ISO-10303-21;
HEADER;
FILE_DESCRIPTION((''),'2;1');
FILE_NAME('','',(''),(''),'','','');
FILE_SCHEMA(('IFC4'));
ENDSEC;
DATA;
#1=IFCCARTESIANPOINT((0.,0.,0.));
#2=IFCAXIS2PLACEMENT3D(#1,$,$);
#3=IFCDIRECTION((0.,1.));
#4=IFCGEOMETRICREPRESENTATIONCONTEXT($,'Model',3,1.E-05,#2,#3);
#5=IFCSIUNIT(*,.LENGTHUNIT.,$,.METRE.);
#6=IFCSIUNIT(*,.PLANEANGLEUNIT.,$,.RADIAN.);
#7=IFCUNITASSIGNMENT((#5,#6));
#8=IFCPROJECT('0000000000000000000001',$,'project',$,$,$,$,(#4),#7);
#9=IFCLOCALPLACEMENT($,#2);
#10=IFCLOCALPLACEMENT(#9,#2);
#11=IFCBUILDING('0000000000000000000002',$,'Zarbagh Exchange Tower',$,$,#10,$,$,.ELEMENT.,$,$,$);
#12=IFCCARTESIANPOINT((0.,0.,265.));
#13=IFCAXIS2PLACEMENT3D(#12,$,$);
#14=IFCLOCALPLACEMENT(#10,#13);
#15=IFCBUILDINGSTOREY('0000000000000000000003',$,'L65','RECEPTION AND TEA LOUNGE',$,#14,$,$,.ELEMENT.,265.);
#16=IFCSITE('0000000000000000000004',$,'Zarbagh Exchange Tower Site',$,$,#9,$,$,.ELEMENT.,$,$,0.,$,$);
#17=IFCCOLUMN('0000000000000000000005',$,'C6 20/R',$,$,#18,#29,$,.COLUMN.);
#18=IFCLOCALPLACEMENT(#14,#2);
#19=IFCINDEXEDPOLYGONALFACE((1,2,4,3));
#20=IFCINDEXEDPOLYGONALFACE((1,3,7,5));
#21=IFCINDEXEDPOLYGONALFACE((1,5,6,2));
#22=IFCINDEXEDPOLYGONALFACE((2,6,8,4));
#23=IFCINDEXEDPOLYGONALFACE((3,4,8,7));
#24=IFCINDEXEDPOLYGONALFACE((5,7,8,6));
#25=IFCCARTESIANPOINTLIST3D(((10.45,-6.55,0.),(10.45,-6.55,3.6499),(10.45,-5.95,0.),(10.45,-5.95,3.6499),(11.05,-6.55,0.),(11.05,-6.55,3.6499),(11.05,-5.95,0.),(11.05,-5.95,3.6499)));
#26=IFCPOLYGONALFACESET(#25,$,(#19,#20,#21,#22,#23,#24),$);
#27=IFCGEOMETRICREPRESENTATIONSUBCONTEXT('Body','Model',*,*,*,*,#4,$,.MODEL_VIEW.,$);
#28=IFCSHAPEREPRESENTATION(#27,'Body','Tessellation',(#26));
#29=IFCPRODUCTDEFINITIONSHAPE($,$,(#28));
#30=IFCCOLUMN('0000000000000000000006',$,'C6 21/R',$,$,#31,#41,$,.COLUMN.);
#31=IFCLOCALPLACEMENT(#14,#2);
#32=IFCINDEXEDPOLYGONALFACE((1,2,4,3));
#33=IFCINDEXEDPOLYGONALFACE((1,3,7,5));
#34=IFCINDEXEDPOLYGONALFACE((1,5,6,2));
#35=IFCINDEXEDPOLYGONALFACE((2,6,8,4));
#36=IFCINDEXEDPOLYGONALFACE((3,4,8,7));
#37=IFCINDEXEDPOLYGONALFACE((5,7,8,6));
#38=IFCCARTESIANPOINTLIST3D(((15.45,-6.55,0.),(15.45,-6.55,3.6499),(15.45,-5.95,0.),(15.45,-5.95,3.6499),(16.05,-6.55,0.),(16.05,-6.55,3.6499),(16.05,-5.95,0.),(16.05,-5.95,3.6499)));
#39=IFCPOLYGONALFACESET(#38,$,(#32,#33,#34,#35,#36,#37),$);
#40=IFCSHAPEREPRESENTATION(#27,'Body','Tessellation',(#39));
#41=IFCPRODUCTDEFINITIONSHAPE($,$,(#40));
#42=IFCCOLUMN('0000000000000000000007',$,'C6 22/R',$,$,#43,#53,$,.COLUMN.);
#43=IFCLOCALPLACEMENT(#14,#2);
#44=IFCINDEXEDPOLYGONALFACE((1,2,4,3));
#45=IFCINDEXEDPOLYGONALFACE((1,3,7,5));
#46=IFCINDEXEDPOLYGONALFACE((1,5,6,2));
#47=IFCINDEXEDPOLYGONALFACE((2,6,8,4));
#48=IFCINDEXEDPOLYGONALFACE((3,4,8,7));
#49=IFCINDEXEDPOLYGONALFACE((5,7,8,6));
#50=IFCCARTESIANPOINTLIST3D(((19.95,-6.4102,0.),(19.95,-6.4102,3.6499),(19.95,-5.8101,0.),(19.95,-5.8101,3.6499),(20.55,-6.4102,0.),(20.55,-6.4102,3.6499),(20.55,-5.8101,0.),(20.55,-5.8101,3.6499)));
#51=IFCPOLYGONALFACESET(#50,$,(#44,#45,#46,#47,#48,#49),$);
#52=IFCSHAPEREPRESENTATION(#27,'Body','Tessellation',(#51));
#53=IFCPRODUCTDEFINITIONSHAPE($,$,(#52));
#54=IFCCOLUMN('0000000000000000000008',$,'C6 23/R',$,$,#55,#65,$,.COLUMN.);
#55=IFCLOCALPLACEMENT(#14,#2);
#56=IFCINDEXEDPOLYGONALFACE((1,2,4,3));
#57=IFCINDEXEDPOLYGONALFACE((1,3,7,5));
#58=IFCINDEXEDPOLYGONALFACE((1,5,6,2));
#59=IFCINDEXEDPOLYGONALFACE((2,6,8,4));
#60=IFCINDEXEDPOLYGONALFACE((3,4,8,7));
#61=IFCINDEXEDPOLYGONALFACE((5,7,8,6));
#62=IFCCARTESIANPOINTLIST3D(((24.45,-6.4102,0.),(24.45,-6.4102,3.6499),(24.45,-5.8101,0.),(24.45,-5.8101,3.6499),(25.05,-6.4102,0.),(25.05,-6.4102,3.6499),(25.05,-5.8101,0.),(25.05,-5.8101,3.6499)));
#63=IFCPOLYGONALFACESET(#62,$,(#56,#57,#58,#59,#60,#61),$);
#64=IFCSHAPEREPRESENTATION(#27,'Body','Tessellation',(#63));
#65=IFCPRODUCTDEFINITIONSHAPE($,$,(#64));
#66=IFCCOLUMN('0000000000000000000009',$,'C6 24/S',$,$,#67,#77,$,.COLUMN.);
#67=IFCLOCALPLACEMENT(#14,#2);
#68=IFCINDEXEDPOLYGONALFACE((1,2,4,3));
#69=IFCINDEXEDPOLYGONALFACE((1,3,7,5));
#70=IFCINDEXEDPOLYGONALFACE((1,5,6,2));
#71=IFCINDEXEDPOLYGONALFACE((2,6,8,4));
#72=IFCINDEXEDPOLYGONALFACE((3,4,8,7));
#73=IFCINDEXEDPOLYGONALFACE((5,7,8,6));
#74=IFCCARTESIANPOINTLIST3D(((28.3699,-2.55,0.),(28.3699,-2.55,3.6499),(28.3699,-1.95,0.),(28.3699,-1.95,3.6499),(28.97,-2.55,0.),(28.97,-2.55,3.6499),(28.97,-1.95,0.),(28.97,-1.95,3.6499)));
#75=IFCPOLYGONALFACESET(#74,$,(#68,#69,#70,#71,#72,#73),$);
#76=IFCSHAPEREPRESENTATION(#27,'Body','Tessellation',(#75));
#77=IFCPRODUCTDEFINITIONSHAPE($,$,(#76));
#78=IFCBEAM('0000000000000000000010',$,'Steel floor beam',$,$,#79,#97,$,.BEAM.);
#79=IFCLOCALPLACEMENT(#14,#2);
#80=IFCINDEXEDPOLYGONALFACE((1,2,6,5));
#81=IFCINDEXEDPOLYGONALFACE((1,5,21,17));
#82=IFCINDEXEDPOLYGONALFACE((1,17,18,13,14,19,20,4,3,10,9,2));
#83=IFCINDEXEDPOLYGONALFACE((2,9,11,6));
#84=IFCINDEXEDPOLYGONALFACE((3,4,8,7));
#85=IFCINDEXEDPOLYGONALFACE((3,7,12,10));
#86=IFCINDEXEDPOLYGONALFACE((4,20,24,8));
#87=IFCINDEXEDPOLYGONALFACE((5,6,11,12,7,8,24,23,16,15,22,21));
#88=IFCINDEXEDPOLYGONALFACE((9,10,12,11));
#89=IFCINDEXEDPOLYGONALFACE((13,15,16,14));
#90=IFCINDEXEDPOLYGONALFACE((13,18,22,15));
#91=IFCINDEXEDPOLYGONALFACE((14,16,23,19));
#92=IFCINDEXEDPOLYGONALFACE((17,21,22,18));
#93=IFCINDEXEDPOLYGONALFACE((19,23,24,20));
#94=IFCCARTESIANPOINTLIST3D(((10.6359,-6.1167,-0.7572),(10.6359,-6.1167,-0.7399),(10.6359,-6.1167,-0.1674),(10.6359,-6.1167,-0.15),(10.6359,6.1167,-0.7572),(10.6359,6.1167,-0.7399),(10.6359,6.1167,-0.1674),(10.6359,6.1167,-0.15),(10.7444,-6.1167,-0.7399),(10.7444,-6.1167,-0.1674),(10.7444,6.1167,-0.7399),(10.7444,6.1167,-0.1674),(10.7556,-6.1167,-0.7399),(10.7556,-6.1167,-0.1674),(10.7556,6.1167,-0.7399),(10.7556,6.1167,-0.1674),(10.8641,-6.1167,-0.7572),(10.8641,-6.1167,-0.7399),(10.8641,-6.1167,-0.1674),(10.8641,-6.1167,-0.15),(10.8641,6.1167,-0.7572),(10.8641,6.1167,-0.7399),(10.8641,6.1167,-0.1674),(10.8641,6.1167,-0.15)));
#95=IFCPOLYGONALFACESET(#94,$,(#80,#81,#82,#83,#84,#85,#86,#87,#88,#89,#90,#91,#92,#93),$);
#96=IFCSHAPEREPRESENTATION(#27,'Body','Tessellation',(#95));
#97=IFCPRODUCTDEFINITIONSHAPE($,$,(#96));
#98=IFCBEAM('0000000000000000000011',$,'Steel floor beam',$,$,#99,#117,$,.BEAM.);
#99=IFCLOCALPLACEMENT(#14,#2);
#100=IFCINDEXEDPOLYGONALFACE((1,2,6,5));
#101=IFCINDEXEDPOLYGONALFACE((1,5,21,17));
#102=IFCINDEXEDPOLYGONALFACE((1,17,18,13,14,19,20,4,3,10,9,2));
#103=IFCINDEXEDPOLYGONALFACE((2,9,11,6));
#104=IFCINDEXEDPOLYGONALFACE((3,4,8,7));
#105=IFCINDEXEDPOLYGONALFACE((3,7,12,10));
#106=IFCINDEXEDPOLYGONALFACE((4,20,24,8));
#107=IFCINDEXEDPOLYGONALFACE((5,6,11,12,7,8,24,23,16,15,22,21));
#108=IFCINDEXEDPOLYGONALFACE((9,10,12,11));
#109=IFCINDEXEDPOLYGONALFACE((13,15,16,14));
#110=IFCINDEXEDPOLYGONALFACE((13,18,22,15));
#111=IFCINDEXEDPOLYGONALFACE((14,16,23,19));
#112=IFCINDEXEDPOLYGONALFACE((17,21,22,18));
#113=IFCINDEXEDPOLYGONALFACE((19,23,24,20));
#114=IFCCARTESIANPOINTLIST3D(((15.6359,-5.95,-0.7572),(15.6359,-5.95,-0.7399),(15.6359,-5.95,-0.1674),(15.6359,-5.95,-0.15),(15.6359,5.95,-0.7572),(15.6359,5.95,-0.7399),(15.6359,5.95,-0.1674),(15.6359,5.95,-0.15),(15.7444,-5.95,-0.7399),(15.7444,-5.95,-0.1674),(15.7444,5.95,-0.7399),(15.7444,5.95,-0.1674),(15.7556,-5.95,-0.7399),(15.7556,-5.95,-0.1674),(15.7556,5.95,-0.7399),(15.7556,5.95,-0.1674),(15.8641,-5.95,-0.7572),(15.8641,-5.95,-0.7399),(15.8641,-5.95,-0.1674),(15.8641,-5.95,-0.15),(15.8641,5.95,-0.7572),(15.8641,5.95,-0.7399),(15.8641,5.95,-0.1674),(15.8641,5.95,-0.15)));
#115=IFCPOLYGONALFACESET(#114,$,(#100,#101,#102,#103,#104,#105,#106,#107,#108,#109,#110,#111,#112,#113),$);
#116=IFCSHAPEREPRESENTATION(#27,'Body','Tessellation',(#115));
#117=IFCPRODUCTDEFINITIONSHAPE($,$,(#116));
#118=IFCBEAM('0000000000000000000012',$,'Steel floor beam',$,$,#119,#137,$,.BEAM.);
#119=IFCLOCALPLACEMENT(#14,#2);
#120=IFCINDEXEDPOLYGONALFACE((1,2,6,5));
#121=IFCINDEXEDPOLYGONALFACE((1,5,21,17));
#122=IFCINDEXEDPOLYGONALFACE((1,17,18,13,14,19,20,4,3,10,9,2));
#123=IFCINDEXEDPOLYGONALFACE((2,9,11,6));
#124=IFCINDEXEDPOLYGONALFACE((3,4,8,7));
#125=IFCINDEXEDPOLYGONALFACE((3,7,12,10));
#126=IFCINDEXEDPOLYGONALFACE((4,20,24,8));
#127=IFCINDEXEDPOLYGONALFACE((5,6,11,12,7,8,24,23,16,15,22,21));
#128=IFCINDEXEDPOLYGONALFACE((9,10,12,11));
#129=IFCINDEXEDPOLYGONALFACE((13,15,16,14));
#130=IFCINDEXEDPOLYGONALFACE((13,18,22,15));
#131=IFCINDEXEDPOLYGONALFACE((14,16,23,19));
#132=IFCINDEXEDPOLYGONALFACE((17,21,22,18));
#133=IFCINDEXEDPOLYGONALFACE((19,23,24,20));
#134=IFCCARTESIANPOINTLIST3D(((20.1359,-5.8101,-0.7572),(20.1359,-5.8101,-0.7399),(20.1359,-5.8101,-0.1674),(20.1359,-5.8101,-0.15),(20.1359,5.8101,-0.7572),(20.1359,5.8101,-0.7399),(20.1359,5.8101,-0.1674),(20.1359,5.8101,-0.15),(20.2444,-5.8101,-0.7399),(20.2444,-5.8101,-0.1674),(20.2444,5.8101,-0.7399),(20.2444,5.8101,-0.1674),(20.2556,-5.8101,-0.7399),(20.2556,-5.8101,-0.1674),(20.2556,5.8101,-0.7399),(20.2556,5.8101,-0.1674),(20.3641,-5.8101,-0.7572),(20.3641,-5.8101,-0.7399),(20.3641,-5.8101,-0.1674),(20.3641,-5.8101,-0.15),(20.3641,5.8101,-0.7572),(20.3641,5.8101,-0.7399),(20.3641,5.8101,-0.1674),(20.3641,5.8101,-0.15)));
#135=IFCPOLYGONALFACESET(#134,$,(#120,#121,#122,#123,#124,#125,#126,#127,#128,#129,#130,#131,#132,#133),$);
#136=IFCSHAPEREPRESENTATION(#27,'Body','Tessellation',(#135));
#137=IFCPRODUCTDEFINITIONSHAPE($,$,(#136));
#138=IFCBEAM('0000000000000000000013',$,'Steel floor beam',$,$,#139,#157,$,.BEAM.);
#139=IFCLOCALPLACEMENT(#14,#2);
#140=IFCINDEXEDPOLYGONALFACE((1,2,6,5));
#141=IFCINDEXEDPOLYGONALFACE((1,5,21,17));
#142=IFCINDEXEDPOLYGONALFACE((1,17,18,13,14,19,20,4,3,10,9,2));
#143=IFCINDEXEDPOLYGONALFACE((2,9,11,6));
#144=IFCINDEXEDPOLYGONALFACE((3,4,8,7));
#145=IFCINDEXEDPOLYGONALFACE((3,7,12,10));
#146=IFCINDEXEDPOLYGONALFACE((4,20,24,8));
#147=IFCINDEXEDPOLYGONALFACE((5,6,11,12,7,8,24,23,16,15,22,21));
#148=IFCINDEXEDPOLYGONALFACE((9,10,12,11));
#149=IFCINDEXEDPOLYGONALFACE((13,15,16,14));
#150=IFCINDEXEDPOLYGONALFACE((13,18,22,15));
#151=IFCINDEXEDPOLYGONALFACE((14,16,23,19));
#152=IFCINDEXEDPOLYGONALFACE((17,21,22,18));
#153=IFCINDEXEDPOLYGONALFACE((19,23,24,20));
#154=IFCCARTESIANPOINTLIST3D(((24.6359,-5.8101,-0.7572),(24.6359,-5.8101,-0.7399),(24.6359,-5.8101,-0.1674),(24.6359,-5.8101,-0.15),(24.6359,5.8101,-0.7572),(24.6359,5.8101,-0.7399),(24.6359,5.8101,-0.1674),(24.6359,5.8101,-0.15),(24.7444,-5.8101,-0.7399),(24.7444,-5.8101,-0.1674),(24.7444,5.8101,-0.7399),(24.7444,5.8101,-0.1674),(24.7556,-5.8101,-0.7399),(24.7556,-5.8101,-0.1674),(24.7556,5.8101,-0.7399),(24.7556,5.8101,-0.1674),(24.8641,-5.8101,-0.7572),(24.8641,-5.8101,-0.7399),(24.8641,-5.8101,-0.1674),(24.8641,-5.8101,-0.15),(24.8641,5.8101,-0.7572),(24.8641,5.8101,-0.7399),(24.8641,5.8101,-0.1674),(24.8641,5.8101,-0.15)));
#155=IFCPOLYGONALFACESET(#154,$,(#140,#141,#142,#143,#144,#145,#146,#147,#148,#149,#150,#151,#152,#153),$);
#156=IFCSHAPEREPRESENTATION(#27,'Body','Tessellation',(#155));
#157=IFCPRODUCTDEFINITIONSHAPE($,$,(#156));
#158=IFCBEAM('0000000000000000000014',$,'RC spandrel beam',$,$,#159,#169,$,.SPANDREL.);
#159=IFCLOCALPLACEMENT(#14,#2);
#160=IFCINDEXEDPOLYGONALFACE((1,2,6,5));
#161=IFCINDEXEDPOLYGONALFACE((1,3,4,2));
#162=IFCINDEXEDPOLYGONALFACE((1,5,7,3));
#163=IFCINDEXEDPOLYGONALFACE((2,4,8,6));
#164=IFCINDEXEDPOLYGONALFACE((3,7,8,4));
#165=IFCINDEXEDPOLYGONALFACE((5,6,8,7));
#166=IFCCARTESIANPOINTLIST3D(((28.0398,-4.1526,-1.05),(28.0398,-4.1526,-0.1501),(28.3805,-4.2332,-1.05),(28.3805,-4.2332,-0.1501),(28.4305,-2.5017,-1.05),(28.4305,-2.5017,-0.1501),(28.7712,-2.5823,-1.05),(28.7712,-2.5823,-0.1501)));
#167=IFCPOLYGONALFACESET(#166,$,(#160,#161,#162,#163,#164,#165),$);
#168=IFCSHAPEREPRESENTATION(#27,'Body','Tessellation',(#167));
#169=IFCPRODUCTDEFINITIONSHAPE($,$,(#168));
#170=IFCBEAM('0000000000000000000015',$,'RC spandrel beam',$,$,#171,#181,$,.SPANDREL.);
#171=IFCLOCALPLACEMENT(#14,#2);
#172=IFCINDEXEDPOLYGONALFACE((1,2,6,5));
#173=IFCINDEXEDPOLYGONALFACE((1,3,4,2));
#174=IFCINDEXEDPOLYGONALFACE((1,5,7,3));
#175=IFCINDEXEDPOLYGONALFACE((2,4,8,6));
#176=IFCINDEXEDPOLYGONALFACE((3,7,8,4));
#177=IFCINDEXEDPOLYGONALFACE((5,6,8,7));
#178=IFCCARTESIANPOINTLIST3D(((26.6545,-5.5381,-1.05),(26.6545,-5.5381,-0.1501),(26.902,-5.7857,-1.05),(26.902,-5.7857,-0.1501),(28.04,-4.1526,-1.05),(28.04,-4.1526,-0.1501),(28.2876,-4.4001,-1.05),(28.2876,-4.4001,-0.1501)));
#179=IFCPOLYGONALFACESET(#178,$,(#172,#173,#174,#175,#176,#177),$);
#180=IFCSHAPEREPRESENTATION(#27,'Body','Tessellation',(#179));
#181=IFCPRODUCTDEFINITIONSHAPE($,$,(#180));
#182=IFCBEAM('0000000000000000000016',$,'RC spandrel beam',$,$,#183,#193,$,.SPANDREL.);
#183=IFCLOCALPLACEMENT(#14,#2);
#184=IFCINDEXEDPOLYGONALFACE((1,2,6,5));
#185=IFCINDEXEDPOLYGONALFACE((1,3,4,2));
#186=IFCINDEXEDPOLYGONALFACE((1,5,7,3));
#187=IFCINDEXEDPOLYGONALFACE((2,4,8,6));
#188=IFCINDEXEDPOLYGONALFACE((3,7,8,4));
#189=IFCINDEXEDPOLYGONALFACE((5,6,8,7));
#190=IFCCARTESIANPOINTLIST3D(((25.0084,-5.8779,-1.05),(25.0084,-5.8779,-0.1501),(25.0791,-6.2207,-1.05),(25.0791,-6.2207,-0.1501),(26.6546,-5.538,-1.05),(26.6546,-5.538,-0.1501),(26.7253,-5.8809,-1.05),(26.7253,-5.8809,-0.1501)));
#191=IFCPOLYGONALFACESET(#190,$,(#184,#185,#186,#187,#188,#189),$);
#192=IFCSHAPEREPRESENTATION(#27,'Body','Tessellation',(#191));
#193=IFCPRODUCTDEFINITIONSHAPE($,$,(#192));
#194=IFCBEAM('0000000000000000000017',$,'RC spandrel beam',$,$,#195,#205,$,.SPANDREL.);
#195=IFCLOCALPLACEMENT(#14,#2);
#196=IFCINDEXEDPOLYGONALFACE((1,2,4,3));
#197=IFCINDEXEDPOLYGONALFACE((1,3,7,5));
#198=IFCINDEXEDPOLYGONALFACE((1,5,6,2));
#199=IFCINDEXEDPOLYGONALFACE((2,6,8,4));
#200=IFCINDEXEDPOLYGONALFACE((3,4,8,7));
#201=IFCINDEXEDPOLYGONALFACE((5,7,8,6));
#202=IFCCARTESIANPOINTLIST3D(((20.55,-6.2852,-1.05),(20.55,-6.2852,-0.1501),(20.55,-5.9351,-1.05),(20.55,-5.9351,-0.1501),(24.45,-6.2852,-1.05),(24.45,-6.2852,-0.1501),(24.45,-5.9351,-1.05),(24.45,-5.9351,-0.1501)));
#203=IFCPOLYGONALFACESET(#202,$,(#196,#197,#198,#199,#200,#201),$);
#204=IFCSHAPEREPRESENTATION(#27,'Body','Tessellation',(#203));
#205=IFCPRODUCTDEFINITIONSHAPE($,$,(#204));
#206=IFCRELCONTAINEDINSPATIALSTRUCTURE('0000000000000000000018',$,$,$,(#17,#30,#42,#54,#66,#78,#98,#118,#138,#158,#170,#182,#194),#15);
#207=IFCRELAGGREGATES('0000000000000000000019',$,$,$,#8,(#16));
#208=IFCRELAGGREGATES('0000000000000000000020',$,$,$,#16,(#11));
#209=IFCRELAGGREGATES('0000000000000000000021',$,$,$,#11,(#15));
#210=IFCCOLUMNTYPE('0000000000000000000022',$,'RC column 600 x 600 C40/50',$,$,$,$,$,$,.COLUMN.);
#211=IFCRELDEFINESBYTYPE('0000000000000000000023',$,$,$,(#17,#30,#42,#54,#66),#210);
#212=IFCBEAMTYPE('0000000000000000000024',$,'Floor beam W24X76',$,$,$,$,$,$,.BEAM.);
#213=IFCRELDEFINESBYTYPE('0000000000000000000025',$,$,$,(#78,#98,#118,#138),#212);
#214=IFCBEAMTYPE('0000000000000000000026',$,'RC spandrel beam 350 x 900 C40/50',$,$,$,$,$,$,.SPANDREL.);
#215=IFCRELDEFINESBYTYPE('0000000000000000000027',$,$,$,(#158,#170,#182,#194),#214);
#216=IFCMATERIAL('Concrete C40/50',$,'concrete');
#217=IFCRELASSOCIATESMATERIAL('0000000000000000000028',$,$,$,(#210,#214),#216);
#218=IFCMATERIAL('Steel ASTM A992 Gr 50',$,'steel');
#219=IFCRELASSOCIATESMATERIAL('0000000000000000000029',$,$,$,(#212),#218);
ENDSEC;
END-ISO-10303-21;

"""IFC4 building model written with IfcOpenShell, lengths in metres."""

from ifc_helpers import new_model, si_unit, direction, frame, origin, origin_2d, place, context, subcontext, project, spatial, rectangle, i_section, extrude, material, material_profile, profile_set, type_object, element, save


model = new_model("IFC4")

# Units and contexts
model_context = context("Model", 3, precision=1e-05, world=origin(), true_north=direction((0.0, 1.0)))
body_context = subcontext(model_context, "Body", "Model", "MODEL_VIEW")
ifc_project = project(units=[si_unit("LENGTHUNIT", "METRE"), si_unit("PLANEANGLEUNIT", "RADIAN")], contexts=[model_context])

# Site, building, storey
site_placement = place(None, origin())
site = spatial("IfcSite", under=ifc_project, at=site_placement, Name="Zarbagh Exchange Tower Site", CompositionType="ELEMENT", RefElevation=0.0)
building_placement = place(site_placement, origin())
building = spatial("IfcBuilding", under=site, at=building_placement, Name="Zarbagh Exchange Tower", CompositionType="ELEMENT")
storey_placement = place(building_placement, frame((0.0, 0.0, 265.0)))
storey = spatial("IfcBuildingStorey", under=building, at=storey_placement, Name="L65", Description="RECEPTION AND TEA LOUNGE", CompositionType="ELEMENT", Elevation=265.0)

# Columns
ifc_material_1 = material(Name="Concrete C40/50", Category="concrete")
ifc_material_profile_1 = material_profile(ifc_material_1, rectangle(XDim=0.6001, YDim=0.6001, at=origin_2d()), Name="RC column 600 x 600 C40/50")
ifc_profile_set_1 = profile_set([ifc_material_profile_1], Name="Concrete C40/50")
column_type = type_object("IfcColumnType", Name="RC column 600 x 600 C40/50", PredefinedType="COLUMN", material=ifc_profile_set_1)
for number, where, z_axis, x_axis, name in (
    (1, (10.75, -6.25, 0.0), (0.0, 0.0, 1.0), (1.0, 0.0, 0.0), "C6 20/R"),
    (2, (15.75, -6.25, 0.0), (0.0, 0.0, 1.0), (1.0, 0.0, 0.0), "C6 21/R"),
    (3, (20.25, -6.1101, 0.0), (0.0, 0.0, 1.0), (1.0, 0.0, 0.0), "C6 22/R"),
    (4, (24.75, -6.1101, 0.0), (0.0, 0.0, 1.0), (1.0, 0.0, 0.0), "C6 23/R"),
    (5, (28.6699, -2.25, 0.0), (0.0, 0.0, 1.0), (1.0, 0.0, 0.0), "C6 24/S"),
):
    element("IfcColumn", number, at=place(storey_placement, frame(where, z_axis=z_axis, x_axis=x_axis)), inside=storey, type_object=column_type, Name=name, PredefinedType="COLUMN", context=body_context, shape_type="SweptSolid", body=[
        extrude(rectangle(XDim=0.6001, YDim=0.6001, at=origin_2d()), origin(), (0.0, 0.0, 1.0), 3.6499),
    ])

# Beams
ifc_material_2 = material(Name="Steel ASTM A992 Gr 50", Category="steel")
ifc_material_profile_2 = material_profile(ifc_material_2, i_section(OverallWidth=0.2283, OverallDepth=0.6072, WebThickness=0.0112, FlangeThickness=0.0173, at=origin_2d()), Name="W24X76")
ifc_profile_set_2 = profile_set([ifc_material_profile_2], Name="Steel ASTM A992 Gr 50")
beam_type_1 = type_object("IfcBeamType", Name="Floor beam W24X76", PredefinedType="BEAM", material=ifc_profile_set_2)
beam_1_placement = place(storey_placement, frame((10.75, -6.1167, -0.4536), z_axis=(0.0, 1.0, 0.0), x_axis=(-1.0, 0.0, 0.0)))
element("IfcBeam", 6, at=beam_1_placement, inside=storey, type_object=beam_type_1, Name="Steel floor beam", PredefinedType="BEAM", context=body_context, shape_type="SweptSolid", body=[
    extrude(i_section(OverallWidth=0.2283, OverallDepth=0.6072, WebThickness=0.0112, FlangeThickness=0.0173, at=origin_2d()), origin(), (0.0, 0.0, 1.0), 12.2334),
])
beam_2_placement = place(storey_placement, frame((15.75, -5.95, -0.4536), z_axis=(0.0, 1.0, 0.0), x_axis=(-1.0, 0.0, 0.0)))
element("IfcBeam", 7, at=beam_2_placement, inside=storey, type_object=beam_type_1, Name="Steel floor beam", PredefinedType="BEAM", context=body_context, shape_type="SweptSolid", body=[
    extrude(i_section(OverallWidth=0.2283, OverallDepth=0.6072, WebThickness=0.0112, FlangeThickness=0.0173, at=origin_2d()), origin(), (0.0, 0.0, 1.0), 11.8999),
])
for number, where, z_axis, x_axis, name in (
    (8, (20.25, -5.8101, -0.4536), (0.0, 1.0, 0.0), (-1.0, 0.0, 0.0), "Steel floor beam"),
    (9, (24.75, -5.8101, -0.4536), (0.0, 1.0, 0.0), (-1.0, 0.0, 0.0), "Steel floor beam"),
):
    element("IfcBeam", number, at=place(storey_placement, frame(where, z_axis=z_axis, x_axis=x_axis)), inside=storey, type_object=beam_type_1, Name=name, PredefinedType="BEAM", context=body_context, shape_type="SweptSolid", body=[
        extrude(i_section(OverallWidth=0.2283, OverallDepth=0.6072, WebThickness=0.0112, FlangeThickness=0.0173, at=origin_2d()), origin(), (0.0, 0.0, 1.0), 11.6201),
    ])
ifc_material_profile_3 = material_profile(ifc_material_1, rectangle(XDim=0.3501, YDim=0.8999, at=origin_2d()), Name="RC spandrel beam 350 x 900 C40/50")
ifc_profile_set_3 = profile_set([ifc_material_profile_3], Name="Concrete C40/50")
beam_type_2 = type_object("IfcBeamType", Name="RC spandrel beam 350 x 900 C40/50", PredefinedType="SPANDREL", material=ifc_profile_set_3)
beam_3_placement = place(storey_placement, frame((28.6008, -2.542, -0.6001), z_axis=(-0.230258, -0.97313, 0.0), x_axis=(0.97313, -0.230258, 0.0)))
element("IfcBeam", 10, at=beam_3_placement, inside=storey, type_object=beam_type_2, Name="RC spandrel beam", PredefinedType="SPANDREL", context=body_context, shape_type="SweptSolid", body=[
    extrude(rectangle(XDim=0.3501, YDim=0.8999, at=origin_2d()), origin(), (0.0, 0.0, 1.0), 1.6965),
])
beam_4_placement = place(storey_placement, frame((28.1638, -4.2764, -0.6001), z_axis=(-0.707107, -0.707107, 0.0), x_axis=(0.707107, -0.707107, 0.0)))
element("IfcBeam", 11, at=beam_4_placement, inside=storey, type_object=beam_type_2, Name="RC spandrel beam", PredefinedType="SPANDREL", context=body_context, shape_type="SweptSolid", body=[
    extrude(rectangle(XDim=0.3501, YDim=0.8999, at=origin_2d()), origin(), (0.0, 0.0, 1.0), 1.9595),
])
beam_5_placement = place(storey_placement, frame((26.6899, -5.7095, -0.6001), z_axis=(-0.97935, -0.202173, 0.0), x_axis=(0.202173, -0.97935, 0.0)))
element("IfcBeam", 12, at=beam_5_placement, inside=storey, type_object=beam_type_2, Name="RC spandrel beam", PredefinedType="SPANDREL", context=body_context, shape_type="SweptSolid", body=[
    extrude(rectangle(XDim=0.3501, YDim=0.8999, at=origin_2d()), origin(), (0.0, 0.0, 1.0), 1.6809),
])
beam_6_placement = place(storey_placement, frame((24.45, -6.1101, -0.6001), z_axis=(-1.0, 0.0, 0.0), x_axis=(0.0, -1.0, 0.0)))
element("IfcBeam", 13, at=beam_6_placement, inside=storey, type_object=beam_type_2, Name="RC spandrel beam", PredefinedType="SPANDREL", context=body_context, shape_type="SweptSolid", body=[
    extrude(rectangle(XDim=0.3501, YDim=0.8999, at=origin_2d()), origin(), (0.0, 0.0, 1.0), 3.8999),
])

save(model, "model.ifc")
